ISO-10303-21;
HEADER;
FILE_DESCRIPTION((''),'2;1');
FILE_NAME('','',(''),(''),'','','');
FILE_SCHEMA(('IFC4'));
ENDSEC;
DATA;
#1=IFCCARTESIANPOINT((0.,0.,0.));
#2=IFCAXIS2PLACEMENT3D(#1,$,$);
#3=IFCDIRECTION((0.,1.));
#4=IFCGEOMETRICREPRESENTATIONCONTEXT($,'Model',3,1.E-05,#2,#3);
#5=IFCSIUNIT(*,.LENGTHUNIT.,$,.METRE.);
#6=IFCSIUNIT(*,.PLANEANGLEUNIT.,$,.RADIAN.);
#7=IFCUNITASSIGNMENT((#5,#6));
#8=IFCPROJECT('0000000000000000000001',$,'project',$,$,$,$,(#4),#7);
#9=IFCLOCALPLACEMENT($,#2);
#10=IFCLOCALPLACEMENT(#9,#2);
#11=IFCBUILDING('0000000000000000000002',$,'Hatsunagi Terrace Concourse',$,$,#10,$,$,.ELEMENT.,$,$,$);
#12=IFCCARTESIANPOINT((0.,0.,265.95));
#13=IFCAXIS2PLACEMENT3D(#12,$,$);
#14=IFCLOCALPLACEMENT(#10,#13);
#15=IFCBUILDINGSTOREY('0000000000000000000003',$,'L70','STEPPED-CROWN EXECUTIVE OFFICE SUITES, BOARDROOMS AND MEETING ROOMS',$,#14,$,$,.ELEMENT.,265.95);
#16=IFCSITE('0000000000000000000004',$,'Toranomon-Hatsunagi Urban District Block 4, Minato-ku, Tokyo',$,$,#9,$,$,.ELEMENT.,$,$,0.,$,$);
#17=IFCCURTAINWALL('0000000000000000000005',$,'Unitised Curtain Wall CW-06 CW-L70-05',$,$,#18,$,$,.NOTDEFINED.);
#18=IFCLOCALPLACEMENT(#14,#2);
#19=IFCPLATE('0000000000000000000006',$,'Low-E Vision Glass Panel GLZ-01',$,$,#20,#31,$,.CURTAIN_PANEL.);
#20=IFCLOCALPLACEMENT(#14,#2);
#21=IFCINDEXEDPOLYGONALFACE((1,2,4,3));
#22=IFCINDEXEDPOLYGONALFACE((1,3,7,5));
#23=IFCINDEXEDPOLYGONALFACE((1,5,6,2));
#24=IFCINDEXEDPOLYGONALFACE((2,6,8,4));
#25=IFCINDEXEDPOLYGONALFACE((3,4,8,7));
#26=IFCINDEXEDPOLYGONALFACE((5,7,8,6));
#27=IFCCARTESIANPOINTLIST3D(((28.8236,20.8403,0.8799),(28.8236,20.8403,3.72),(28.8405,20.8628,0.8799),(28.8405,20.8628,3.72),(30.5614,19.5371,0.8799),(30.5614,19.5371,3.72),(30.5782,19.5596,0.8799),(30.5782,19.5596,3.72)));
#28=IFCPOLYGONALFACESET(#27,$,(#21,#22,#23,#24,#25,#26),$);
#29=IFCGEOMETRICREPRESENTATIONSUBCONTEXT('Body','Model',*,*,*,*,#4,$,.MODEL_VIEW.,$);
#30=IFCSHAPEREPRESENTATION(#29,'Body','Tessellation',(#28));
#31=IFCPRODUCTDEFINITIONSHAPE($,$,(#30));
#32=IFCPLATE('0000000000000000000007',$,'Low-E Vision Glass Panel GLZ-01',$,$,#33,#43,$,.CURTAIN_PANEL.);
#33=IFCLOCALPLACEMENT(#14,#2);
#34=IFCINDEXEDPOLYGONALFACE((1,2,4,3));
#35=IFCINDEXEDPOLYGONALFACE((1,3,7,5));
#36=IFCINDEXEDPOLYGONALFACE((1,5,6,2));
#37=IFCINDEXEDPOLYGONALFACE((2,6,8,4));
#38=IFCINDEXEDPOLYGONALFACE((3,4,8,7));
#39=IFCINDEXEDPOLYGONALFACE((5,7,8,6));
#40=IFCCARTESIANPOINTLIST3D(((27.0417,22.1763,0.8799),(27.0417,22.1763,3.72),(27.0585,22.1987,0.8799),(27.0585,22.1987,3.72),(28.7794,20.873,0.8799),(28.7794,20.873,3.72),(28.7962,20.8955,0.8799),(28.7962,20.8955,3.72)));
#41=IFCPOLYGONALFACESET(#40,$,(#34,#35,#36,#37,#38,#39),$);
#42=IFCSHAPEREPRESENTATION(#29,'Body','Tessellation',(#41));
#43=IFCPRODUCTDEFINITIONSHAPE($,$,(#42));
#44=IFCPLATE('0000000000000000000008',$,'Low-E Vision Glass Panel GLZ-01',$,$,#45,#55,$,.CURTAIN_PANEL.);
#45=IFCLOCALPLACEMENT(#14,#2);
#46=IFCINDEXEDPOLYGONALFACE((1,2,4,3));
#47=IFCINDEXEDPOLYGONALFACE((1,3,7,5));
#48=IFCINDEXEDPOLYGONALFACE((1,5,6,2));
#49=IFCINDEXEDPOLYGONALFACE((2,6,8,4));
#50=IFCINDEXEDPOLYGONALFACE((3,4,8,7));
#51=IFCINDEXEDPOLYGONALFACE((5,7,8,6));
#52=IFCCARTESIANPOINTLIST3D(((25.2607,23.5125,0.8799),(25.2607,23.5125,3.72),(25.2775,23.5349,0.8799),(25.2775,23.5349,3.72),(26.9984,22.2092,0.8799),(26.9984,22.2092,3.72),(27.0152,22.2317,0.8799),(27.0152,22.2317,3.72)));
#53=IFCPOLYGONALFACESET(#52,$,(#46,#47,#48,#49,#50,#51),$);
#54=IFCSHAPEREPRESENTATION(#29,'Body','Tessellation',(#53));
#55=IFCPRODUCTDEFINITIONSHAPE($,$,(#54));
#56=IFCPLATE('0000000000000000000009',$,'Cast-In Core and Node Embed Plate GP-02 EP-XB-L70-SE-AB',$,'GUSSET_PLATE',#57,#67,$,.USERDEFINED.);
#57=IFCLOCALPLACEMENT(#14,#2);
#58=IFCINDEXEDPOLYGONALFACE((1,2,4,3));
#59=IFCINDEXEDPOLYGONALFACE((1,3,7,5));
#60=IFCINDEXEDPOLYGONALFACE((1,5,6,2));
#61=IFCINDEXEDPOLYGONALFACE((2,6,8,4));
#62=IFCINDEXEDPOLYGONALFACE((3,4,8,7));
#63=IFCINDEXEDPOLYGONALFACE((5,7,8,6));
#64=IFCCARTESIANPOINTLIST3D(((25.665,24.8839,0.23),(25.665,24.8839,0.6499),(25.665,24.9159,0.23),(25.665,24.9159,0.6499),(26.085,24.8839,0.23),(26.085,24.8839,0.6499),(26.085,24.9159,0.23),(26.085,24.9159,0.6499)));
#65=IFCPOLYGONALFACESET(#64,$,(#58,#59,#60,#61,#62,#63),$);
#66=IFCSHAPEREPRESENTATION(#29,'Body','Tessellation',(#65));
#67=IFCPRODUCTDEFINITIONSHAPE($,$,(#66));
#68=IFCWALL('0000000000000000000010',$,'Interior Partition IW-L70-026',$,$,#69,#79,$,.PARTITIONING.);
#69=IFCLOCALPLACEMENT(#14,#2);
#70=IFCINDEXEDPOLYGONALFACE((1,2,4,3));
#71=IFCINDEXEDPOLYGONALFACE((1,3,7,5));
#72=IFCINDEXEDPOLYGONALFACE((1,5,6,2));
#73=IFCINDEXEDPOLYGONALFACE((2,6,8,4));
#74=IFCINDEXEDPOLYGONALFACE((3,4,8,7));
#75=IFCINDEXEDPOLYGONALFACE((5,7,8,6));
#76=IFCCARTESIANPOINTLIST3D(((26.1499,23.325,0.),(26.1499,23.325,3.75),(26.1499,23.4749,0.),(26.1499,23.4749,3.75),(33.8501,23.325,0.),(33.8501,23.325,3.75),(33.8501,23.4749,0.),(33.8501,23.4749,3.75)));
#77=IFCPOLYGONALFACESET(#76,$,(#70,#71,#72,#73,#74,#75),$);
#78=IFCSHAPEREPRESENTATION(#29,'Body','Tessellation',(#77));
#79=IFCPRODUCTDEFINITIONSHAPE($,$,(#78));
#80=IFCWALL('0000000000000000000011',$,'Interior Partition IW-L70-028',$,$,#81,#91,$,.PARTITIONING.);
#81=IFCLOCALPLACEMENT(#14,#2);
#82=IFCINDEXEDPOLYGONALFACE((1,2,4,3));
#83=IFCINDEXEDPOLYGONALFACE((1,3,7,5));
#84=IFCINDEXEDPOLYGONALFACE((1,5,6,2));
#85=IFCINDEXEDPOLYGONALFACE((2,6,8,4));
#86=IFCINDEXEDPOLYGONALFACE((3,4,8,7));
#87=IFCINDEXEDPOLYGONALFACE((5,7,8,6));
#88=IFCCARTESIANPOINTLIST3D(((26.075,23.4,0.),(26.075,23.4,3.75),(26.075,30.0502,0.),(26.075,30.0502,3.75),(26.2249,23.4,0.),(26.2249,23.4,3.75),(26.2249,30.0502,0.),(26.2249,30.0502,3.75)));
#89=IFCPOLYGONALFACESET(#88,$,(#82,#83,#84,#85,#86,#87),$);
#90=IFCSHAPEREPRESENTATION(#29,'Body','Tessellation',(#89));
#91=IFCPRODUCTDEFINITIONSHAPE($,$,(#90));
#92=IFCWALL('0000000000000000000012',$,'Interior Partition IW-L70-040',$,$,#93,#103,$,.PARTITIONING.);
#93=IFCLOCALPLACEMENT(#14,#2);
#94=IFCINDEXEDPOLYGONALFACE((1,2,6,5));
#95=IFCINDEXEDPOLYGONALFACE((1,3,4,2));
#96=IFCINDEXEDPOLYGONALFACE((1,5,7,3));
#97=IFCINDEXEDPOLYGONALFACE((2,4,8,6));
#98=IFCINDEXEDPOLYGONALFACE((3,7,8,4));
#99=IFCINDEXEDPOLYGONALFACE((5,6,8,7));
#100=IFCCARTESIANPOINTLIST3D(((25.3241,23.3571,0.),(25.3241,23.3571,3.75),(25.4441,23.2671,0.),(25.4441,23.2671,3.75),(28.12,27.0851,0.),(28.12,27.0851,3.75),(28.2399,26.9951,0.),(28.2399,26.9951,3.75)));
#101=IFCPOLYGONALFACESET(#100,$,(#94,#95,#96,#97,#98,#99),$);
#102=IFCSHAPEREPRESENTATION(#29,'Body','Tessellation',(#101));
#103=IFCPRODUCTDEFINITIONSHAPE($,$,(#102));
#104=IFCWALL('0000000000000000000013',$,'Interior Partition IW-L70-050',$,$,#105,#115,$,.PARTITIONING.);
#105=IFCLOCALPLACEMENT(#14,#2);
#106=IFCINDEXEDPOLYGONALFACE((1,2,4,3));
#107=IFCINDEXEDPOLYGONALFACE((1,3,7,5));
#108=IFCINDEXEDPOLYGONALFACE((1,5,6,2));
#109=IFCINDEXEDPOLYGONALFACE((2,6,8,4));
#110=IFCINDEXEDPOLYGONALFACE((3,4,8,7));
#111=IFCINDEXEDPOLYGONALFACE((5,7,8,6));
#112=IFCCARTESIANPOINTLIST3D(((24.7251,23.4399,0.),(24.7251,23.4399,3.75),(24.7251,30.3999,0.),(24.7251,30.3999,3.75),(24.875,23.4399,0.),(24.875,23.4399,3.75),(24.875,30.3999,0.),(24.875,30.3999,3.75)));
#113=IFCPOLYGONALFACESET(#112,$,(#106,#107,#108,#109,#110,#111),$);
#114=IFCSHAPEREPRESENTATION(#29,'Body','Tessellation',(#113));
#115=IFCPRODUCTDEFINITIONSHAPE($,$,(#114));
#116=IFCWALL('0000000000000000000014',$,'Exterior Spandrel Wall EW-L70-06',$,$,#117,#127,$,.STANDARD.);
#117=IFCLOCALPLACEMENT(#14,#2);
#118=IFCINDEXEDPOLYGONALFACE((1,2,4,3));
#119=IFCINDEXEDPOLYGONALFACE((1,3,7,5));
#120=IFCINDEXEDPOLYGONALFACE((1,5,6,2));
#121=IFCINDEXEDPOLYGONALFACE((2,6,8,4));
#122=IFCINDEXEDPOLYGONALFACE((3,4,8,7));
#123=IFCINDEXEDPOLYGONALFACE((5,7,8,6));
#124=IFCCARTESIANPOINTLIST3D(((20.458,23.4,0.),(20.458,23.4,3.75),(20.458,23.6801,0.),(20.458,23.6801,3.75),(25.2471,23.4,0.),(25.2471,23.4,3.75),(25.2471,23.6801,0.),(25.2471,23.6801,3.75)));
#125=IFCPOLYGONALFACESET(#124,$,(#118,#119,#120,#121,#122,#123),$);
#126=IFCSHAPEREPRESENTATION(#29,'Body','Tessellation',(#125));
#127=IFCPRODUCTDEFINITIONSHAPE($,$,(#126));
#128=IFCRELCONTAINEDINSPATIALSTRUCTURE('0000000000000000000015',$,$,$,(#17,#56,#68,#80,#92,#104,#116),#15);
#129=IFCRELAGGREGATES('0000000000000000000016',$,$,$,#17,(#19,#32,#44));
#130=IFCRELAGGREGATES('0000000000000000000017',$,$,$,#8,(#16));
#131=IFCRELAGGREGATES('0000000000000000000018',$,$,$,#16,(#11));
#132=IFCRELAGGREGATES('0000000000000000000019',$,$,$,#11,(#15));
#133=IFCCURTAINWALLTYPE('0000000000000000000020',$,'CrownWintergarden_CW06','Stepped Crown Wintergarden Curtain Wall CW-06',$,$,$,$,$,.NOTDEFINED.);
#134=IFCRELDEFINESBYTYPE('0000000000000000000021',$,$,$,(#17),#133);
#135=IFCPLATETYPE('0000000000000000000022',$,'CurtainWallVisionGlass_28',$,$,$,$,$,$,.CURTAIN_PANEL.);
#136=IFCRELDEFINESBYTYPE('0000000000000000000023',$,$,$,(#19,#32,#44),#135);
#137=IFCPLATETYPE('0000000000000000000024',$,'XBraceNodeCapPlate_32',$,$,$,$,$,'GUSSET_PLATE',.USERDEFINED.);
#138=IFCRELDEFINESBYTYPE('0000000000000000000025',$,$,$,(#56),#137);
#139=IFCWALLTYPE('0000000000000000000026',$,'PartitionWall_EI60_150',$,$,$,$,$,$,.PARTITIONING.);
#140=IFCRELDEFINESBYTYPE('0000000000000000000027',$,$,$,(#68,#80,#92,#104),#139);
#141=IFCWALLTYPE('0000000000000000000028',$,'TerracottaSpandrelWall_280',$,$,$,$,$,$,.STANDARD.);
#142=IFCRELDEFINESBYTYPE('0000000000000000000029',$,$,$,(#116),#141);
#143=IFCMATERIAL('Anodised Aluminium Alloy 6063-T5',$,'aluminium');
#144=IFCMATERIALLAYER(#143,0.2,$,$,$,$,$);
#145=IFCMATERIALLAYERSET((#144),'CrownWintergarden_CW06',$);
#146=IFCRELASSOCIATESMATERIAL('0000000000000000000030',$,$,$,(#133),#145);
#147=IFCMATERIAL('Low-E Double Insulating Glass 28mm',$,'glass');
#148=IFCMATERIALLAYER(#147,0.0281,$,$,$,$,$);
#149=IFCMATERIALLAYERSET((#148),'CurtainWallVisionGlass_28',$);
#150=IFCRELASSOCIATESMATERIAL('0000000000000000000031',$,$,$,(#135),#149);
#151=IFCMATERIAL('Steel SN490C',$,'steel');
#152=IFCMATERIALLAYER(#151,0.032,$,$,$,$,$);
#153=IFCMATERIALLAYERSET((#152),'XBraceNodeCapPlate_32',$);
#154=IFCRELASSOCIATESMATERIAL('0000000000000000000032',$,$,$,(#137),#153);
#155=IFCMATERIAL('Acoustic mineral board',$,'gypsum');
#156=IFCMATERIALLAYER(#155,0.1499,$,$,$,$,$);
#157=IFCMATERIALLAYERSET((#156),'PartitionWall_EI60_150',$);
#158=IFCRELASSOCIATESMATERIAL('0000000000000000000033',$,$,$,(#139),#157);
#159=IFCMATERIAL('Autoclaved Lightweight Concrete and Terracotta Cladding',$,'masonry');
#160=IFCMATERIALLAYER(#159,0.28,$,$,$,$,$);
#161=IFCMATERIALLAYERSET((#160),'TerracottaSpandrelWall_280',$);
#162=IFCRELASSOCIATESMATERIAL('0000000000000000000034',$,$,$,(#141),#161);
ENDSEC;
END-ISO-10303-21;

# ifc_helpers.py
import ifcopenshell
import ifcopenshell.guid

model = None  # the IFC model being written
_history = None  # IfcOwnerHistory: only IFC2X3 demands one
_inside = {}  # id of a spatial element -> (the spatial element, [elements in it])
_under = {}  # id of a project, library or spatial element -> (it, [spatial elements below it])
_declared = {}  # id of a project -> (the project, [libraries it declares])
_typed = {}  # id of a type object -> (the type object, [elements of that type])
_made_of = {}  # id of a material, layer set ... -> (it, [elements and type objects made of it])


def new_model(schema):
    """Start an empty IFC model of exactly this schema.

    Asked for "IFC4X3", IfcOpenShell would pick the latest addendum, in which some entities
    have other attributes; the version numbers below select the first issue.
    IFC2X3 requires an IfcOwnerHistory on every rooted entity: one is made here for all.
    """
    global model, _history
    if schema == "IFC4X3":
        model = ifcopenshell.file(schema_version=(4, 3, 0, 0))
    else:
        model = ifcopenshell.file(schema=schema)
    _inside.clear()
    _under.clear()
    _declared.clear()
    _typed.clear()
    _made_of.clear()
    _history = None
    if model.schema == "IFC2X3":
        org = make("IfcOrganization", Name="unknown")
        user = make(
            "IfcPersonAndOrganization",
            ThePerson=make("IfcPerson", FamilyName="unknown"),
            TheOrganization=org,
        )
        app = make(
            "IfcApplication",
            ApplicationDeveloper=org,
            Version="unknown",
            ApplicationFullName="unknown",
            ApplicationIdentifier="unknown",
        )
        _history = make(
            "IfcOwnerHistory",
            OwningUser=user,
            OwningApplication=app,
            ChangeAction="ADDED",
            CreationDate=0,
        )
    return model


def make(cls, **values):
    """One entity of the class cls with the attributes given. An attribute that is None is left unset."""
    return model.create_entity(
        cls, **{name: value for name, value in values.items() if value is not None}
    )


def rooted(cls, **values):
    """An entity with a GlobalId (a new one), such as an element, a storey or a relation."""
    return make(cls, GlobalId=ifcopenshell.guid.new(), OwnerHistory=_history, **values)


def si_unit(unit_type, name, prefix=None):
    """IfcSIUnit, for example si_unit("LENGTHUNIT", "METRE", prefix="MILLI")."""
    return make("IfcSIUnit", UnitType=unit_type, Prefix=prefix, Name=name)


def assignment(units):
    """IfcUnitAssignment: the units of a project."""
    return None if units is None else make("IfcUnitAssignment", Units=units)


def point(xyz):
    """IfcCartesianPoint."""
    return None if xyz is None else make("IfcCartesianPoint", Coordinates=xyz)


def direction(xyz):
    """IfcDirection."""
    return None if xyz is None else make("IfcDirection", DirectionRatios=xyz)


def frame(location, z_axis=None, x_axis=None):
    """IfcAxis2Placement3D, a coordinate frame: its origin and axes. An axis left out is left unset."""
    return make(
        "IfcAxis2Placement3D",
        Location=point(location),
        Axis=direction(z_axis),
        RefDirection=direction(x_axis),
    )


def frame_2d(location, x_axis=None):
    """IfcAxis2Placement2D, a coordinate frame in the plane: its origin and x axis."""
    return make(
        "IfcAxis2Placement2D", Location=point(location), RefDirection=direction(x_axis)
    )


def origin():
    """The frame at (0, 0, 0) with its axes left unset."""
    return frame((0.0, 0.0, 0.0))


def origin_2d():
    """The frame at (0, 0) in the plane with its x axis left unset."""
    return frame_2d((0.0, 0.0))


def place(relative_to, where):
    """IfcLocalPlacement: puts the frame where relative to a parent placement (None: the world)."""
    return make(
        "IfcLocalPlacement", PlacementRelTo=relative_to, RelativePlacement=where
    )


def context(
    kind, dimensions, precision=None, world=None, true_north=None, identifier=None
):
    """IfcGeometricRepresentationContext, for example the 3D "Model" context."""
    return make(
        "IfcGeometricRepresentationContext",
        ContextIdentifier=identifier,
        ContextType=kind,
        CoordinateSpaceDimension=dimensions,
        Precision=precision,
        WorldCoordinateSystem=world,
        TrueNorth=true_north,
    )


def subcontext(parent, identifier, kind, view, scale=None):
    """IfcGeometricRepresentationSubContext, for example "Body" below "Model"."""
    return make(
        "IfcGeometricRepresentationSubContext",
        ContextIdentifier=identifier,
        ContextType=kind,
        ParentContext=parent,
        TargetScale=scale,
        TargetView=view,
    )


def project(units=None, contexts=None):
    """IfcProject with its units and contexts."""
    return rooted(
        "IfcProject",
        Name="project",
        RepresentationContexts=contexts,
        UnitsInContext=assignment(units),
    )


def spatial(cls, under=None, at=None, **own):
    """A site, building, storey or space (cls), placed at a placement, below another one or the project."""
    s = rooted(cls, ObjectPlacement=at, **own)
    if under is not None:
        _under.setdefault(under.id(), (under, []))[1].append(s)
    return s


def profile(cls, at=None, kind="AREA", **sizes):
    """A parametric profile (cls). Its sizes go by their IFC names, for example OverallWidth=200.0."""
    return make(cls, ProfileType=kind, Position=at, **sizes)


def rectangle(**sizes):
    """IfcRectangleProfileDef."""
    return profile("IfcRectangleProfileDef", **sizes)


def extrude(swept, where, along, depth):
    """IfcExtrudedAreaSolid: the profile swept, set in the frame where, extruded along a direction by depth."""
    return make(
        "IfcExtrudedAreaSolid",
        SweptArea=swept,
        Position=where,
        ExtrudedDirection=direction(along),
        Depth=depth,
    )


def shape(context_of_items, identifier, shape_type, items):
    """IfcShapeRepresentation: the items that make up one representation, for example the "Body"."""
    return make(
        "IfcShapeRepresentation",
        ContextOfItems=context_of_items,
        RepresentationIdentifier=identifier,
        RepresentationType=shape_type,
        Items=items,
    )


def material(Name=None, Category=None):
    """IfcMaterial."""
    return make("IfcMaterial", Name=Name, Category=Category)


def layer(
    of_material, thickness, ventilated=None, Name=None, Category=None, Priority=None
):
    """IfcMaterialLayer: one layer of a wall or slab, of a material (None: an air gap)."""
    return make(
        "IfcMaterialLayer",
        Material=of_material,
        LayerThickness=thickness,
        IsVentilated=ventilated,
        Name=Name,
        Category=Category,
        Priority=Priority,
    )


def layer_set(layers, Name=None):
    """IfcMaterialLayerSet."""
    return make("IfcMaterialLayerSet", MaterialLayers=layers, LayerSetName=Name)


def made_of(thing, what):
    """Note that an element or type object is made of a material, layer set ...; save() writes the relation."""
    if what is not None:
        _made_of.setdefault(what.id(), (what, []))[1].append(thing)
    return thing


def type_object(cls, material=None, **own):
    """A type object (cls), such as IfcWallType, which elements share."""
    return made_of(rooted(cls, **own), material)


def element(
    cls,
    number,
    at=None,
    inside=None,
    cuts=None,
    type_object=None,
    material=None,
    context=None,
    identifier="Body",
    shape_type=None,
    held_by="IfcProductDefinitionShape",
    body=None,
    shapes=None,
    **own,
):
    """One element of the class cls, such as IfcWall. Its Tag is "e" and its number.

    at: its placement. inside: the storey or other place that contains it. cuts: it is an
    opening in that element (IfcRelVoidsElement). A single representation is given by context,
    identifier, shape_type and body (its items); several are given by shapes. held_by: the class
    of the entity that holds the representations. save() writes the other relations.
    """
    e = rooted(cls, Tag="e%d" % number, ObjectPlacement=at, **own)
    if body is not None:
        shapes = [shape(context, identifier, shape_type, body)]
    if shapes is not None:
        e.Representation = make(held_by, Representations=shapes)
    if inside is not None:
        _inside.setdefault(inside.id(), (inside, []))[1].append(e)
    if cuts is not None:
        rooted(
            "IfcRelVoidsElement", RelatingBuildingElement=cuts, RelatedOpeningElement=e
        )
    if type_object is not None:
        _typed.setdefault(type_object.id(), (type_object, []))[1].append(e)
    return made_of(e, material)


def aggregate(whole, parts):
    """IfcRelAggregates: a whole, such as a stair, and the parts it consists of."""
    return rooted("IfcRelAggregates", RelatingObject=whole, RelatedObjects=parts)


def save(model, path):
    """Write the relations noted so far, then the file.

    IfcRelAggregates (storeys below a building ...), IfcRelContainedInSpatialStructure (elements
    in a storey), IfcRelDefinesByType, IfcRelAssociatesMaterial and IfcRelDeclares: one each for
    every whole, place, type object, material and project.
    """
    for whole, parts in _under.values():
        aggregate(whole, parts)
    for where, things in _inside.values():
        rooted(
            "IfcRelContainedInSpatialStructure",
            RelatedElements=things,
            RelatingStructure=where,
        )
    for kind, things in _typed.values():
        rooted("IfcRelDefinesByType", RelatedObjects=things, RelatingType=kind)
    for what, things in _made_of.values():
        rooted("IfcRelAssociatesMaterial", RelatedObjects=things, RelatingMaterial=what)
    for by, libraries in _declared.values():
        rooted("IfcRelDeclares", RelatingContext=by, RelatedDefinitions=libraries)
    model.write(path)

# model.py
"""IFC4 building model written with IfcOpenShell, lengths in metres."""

from ifc_helpers import new_model, si_unit, direction, frame, frame_2d, origin, origin_2d, place, context, subcontext, project, spatial, rectangle, extrude, material, layer, layer_set, type_object, element, aggregate, save


model = new_model("IFC4")

# Units and contexts
model_context = context("Model", 3, precision=1e-05, world=origin(), true_north=direction((0.0, 1.0)))
body_context = subcontext(model_context, "Body", "Model", "MODEL_VIEW")
ifc_project = project(units=[si_unit("LENGTHUNIT", "METRE"), si_unit("PLANEANGLEUNIT", "RADIAN")], contexts=[model_context])

# Site, building, storey
site_placement = place(None, origin())
site = spatial("IfcSite", under=ifc_project, at=site_placement, Name="Toranomon-Hatsunagi Urban District Block 4, Minato-ku, Tokyo", CompositionType="ELEMENT", RefElevation=0.0)
building_placement = place(site_placement, origin())
building = spatial("IfcBuilding", under=site, at=building_placement, Name="Hatsunagi Terrace Concourse", CompositionType="ELEMENT")
storey_placement = place(building_placement, frame((0.0, 0.0, 265.95)))
storey = spatial("IfcBuildingStorey", under=building, at=storey_placement, Name="L70", Description="STEPPED-CROWN EXECUTIVE OFFICE SUITES, BOARDROOMS AND MEETING ROOMS", CompositionType="ELEMENT", Elevation=265.95)

# Curtain wall
ifc_material_1 = material(Name="Anodised Aluminium Alloy 6063-T5", Category="aluminium")
ifc_layer_1 = layer(ifc_material_1, 0.2)
ifc_layer_set_1 = layer_set([ifc_layer_1], Name="CrownWintergarden_CW06")
curtain_wall_type = type_object("IfcCurtainWallType", Name="CrownWintergarden_CW06", Description="Stepped Crown Wintergarden Curtain Wall CW-06", PredefinedType="NOTDEFINED", material=ifc_layer_set_1)
curtain_wall_placement = place(storey_placement, origin())
curtain_wall = element("IfcCurtainWall", 1, at=curtain_wall_placement, inside=storey, type_object=curtain_wall_type, Name="Unitised Curtain Wall CW-06 CW-L70-05", PredefinedType="NOTDEFINED")

# Plates
ifc_material_2 = material(Name="Low-E Double Insulating Glass 28mm", Category="glass")
ifc_layer_2 = layer(ifc_material_2, 0.0281)
ifc_layer_set_2 = layer_set([ifc_layer_2], Name="CurtainWallVisionGlass_28")
plate_type_1 = type_object("IfcPlateType", Name="CurtainWallVisionGlass_28", PredefinedType="CURTAIN_PANEL", material=ifc_layer_set_2)
plate_1_placement = place(storey_placement, frame((29.7009, 20.2, 0.8799), z_axis=(0.0, 0.0, 1.0), x_axis=(-0.800007, 0.59999, 0.0)))
plate_1 = element("IfcPlate", 2, at=plate_1_placement, type_object=plate_type_1, Name="Low-E Vision Glass Panel GLZ-01", PredefinedType="CURTAIN_PANEL", context=body_context, shape_type="SweptSolid", body=[
    extrude(rectangle(XDim=2.1721, YDim=0.0281, at=origin_2d()), origin(), (0.0, 0.0, 1.0), 2.8401),
])
plate_2_placement = place(storey_placement, frame((27.9189, 21.5359, 0.8799), z_axis=(0.0, 0.0, 1.0), x_axis=(-0.800007, 0.59999, 0.0)))
plate_2 = element("IfcPlate", 3, at=plate_2_placement, type_object=plate_type_1, Name="Low-E Vision Glass Panel GLZ-01", PredefinedType="CURTAIN_PANEL", context=body_context, shape_type="SweptSolid", body=[
    extrude(rectangle(XDim=2.1721, YDim=0.0281, at=origin_2d()), origin(), (0.0, 0.0, 1.0), 2.8401),
])
plate_3_placement = place(storey_placement, frame((26.1379, 22.8721, 0.8799), z_axis=(0.0, 0.0, 1.0), x_axis=(-0.800007, 0.59999, 0.0)))
plate_3 = element("IfcPlate", 4, at=plate_3_placement, type_object=plate_type_1, Name="Low-E Vision Glass Panel GLZ-01", PredefinedType="CURTAIN_PANEL", context=body_context, shape_type="SweptSolid", body=[
    extrude(rectangle(XDim=2.1721, YDim=0.0281, at=origin_2d()), origin(), (0.0, 0.0, 1.0), 2.8401),
])
aggregate(curtain_wall, [plate_1, plate_2, plate_3])
ifc_material_3 = material(Name="Steel SN490C", Category="steel")
ifc_layer_3 = layer(ifc_material_3, 0.032)
ifc_layer_set_3 = layer_set([ifc_layer_3], Name="XBraceNodeCapPlate_32")
plate_type_2 = type_object("IfcPlateType", Name="XBraceNodeCapPlate_32", ElementType="GUSSET_PLATE", PredefinedType="USERDEFINED", material=ifc_layer_set_3)
plate_4_placement = place(storey_placement, frame((25.875, 24.8999, 0.23), z_axis=(0.0, 0.0, 1.0), x_axis=(1.0, 0.0, 0.0)))
element("IfcPlate", 5, at=plate_4_placement, inside=storey, type_object=plate_type_2, Name="Cast-In Core and Node Embed Plate GP-02 EP-XB-L70-SE-AB", ObjectType="GUSSET_PLATE", PredefinedType="USERDEFINED", context=body_context, shape_type="SweptSolid", body=[
    extrude(rectangle(XDim=0.4199, YDim=0.032, at=origin_2d()), origin(), (0.0, 0.0, 1.0), 0.4199),
])

# Walls
ifc_material_4 = material(Name="Acoustic mineral board", Category="gypsum")
ifc_layer_4 = layer(ifc_material_4, 0.1499)
ifc_layer_set_4 = layer_set([ifc_layer_4], Name="PartitionWall_EI60_150")
wall_type_1 = type_object("IfcWallType", Name="PartitionWall_EI60_150", PredefinedType="PARTITIONING", material=ifc_layer_set_4)
wall_1_placement = place(storey_placement, frame((26.1499, 23.3999, 0.0), z_axis=(0.0, 0.0, 1.0), x_axis=(1.0, 0.0, 0.0)))
element("IfcWall", 6, at=wall_1_placement, inside=storey, type_object=wall_type_1, Name="Interior Partition IW-L70-026", PredefinedType="PARTITIONING", context=body_context, shape_type="SweptSolid", body=[
    extrude(rectangle(XDim=7.7002, YDim=0.1499, at=frame_2d((3.8501, 0.0))), origin(), (0.0, 0.0, 1.0), 3.75),
])
wall_2_placement = place(storey_placement, frame((26.1499, 23.3999, 0.0), z_axis=(0.0, 0.0, 1.0), x_axis=(0.0, 1.0, 0.0)))
element("IfcWall", 7, at=wall_2_placement, inside=storey, type_object=wall_type_1, Name="Interior Partition IW-L70-028", PredefinedType="PARTITIONING", context=body_context, shape_type="SweptSolid", body=[
    extrude(rectangle(XDim=6.6501, YDim=0.1499, at=frame_2d((3.3252, 0.0))), origin(), (0.0, 0.0, 1.0), 3.75),
])
wall_3_placement = place(storey_placement, frame((25.384, 23.312, 0.0), z_axis=(0.0, 0.0, 1.0), x_axis=(0.599983, 0.800013, 0.0)))
element("IfcWall", 8, at=wall_3_placement, inside=storey, type_object=wall_type_1, Name="Interior Partition IW-L70-040", PredefinedType="PARTITIONING", context=body_context, shape_type="SweptSolid", body=[
    extrude(rectangle(XDim=4.6599, YDim=0.1499, at=frame_2d((2.3301, 0.0))), origin(), (0.0, 0.0, 1.0), 3.75),
])
wall_4_placement = place(storey_placement, frame((24.8, 23.4399, 0.0), z_axis=(0.0, 0.0, 1.0), x_axis=(0.0, 1.0, 0.0)))
element("IfcWall", 9, at=wall_4_placement, inside=storey, type_object=wall_type_1, Name="Interior Partition IW-L70-050", PredefinedType="PARTITIONING", context=body_context, shape_type="SweptSolid", body=[
    extrude(rectangle(XDim=6.96, YDim=0.1499, at=frame_2d((3.48, 0.0))), origin(), (0.0, 0.0, 1.0), 3.75),
])
ifc_material_5 = material(Name="Autoclaved Lightweight Concrete and Terracotta Cladding", Category="masonry")
ifc_layer_5 = layer(ifc_material_5, 0.28)
ifc_layer_set_5 = layer_set([ifc_layer_5], Name="TerracottaSpandrelWall_280")
wall_type_2 = type_object("IfcWallType", Name="TerracottaSpandrelWall_280", PredefinedType="STANDARD", material=ifc_layer_set_5)
wall_5_placement = place(storey_placement, frame((25.2471, 23.54, 0.0), z_axis=(0.0, 0.0, 1.0), x_axis=(-1.0, 0.0, 0.0)))
element("IfcWall", 10, at=wall_5_placement, inside=storey, type_object=wall_type_2, Name="Exterior Spandrel Wall EW-L70-06", PredefinedType="STANDARD", context=body_context, shape_type="SweptSolid", body=[
    extrude(rectangle(XDim=4.7891, YDim=0.28, at=frame_2d((2.3945, 0.0))), origin(), (0.0, 0.0, 1.0), 3.75),
])

save(model, "model.ifc")
